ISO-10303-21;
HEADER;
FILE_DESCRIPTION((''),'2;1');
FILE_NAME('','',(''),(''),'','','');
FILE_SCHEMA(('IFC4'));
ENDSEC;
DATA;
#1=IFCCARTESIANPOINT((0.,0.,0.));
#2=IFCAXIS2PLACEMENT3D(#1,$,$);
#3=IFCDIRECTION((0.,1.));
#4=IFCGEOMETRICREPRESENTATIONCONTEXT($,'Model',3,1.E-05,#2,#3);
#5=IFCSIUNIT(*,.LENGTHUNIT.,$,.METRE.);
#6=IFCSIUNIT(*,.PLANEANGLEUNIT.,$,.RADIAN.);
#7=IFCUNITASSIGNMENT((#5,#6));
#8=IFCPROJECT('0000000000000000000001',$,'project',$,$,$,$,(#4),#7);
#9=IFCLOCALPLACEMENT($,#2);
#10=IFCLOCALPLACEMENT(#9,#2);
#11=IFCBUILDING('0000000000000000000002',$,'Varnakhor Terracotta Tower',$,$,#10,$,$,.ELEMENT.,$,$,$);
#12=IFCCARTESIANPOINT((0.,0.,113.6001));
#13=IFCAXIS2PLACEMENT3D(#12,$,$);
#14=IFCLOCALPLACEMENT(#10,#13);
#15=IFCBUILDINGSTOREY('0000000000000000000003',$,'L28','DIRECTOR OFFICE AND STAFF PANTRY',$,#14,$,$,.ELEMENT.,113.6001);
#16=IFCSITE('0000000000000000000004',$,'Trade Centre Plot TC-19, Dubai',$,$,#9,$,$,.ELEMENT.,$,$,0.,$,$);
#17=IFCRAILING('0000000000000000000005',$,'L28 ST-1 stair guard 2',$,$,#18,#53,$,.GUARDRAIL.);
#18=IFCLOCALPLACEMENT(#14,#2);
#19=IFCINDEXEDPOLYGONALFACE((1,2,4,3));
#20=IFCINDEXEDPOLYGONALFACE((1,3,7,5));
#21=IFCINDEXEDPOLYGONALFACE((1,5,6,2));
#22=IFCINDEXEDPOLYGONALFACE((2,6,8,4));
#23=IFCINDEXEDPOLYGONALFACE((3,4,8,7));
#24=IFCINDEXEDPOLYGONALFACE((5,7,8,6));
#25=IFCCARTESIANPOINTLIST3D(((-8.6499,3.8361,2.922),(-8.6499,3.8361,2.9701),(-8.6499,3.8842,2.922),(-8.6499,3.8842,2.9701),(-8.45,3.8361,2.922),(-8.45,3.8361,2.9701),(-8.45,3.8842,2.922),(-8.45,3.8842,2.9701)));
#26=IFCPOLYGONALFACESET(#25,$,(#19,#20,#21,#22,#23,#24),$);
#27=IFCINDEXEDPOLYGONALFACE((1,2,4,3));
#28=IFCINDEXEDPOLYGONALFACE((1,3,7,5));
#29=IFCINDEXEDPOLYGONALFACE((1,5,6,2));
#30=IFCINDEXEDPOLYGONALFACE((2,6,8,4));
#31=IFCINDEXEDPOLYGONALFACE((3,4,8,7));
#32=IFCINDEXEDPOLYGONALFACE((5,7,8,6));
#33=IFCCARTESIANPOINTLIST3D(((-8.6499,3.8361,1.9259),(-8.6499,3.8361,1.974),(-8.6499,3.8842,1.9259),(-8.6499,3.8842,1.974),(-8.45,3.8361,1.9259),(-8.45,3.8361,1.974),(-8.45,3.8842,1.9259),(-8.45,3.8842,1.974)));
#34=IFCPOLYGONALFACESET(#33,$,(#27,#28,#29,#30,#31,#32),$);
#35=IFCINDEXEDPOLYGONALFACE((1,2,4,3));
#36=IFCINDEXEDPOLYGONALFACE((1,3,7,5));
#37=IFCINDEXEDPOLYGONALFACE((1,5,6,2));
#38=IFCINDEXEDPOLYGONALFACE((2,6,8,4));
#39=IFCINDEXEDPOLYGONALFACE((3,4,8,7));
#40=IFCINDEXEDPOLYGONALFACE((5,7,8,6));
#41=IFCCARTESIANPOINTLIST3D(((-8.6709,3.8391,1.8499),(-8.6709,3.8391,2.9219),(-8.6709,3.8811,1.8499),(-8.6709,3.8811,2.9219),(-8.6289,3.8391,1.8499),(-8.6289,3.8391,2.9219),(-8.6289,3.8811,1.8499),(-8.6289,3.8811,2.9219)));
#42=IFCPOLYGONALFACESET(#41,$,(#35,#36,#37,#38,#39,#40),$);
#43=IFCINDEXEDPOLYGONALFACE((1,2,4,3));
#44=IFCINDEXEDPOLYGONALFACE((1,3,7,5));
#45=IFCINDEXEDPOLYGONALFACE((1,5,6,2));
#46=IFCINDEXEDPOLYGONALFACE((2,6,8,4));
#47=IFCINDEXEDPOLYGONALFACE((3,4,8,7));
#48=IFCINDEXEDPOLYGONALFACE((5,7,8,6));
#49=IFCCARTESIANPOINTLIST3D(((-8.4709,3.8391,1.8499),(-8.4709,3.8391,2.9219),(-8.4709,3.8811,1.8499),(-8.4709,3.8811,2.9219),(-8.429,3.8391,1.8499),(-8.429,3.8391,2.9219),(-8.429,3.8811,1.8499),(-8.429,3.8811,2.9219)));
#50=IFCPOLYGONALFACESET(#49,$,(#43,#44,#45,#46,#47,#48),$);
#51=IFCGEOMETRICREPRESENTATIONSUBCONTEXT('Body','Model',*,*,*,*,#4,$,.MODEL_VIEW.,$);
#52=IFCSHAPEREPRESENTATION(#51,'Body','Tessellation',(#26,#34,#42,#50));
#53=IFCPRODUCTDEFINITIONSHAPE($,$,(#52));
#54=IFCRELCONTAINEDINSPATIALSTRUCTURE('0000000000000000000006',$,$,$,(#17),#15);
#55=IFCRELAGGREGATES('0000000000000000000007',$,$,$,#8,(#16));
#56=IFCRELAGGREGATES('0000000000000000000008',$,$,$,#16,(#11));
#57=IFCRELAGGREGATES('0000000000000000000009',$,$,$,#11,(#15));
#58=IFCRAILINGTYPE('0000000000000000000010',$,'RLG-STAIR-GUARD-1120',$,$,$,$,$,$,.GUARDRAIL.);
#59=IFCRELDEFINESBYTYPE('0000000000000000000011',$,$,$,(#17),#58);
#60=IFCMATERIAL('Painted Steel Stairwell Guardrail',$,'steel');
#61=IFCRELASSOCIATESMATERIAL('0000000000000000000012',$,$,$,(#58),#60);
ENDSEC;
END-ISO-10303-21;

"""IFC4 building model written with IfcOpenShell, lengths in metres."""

from ifc_helpers import new_model, si_unit, direction, frame, origin, origin_2d, place, context, subcontext, project, spatial, rectangle, extrude, material, type_object, element, save


model = new_model("IFC4")

# Units and contexts
model_context = context("Model", 3, precision=1e-05, world=origin(), true_north=direction((0.0, 1.0)))
body_context = subcontext(model_context, "Body", "Model", "MODEL_VIEW")
ifc_project = project(units=[si_unit("LENGTHUNIT", "METRE"), si_unit("PLANEANGLEUNIT", "RADIAN")], contexts=[model_context])

# Site, building, storey
site_placement = place(None, origin())
site = spatial("IfcSite", under=ifc_project, at=site_placement, Name="Trade Centre Plot TC-19, Dubai", CompositionType="ELEMENT", RefElevation=0.0)
building_placement = place(site_placement, origin())
building = spatial("IfcBuilding", under=site, at=building_placement, Name="Varnakhor Terracotta Tower", CompositionType="ELEMENT")
storey_placement = place(building_placement, frame((0.0, 0.0, 113.6001)))
storey = spatial("IfcBuildingStorey", under=building, at=storey_placement, Name="L28", Description="DIRECTOR OFFICE AND STAFF PANTRY", CompositionType="ELEMENT", Elevation=113.6001)

# Railing
ifc_material_1 = material(Name="Painted Steel Stairwell Guardrail", Category="steel")
railing_type = type_object("IfcRailingType", Name="RLG-STAIR-GUARD-1120", PredefinedType="GUARDRAIL", material=ifc_material_1)
railing_placement = place(storey_placement, frame((-8.6499, 3.8601, 1.8499)))
element("IfcRailing", 1, at=railing_placement, inside=storey, type_object=railing_type, Name="L28 ST-1 stair guard 2", PredefinedType="GUARDRAIL", context=body_context, shape_type="SweptSolid", body=[
    extrude(rectangle(XDim=0.0481, YDim=0.0481, at=origin_2d()), frame((0.0, 0.0, 1.0962), z_axis=(1.0, 0.0, 0.0), x_axis=(0.0, 1.0, 0.0)), (0.0, 0.0, 1.0), 0.2),
    extrude(rectangle(XDim=0.0481, YDim=0.0481, at=origin_2d()), frame((0.0, 0.0, 0.1001), z_axis=(1.0, 0.0, 0.0), x_axis=(0.0, 1.0, 0.0)), (0.0, 0.0, 1.0), 0.2),
    extrude(rectangle(XDim=0.042, YDim=0.042, at=origin_2d()), origin(), (0.0, 0.0, 1.0), 1.072),
    extrude(rectangle(XDim=0.042, YDim=0.042, at=origin_2d()), frame((0.2, 0.0, 0.0)), (0.0, 0.0, 1.0), 1.072),
])

save(model, "model.ifc")
